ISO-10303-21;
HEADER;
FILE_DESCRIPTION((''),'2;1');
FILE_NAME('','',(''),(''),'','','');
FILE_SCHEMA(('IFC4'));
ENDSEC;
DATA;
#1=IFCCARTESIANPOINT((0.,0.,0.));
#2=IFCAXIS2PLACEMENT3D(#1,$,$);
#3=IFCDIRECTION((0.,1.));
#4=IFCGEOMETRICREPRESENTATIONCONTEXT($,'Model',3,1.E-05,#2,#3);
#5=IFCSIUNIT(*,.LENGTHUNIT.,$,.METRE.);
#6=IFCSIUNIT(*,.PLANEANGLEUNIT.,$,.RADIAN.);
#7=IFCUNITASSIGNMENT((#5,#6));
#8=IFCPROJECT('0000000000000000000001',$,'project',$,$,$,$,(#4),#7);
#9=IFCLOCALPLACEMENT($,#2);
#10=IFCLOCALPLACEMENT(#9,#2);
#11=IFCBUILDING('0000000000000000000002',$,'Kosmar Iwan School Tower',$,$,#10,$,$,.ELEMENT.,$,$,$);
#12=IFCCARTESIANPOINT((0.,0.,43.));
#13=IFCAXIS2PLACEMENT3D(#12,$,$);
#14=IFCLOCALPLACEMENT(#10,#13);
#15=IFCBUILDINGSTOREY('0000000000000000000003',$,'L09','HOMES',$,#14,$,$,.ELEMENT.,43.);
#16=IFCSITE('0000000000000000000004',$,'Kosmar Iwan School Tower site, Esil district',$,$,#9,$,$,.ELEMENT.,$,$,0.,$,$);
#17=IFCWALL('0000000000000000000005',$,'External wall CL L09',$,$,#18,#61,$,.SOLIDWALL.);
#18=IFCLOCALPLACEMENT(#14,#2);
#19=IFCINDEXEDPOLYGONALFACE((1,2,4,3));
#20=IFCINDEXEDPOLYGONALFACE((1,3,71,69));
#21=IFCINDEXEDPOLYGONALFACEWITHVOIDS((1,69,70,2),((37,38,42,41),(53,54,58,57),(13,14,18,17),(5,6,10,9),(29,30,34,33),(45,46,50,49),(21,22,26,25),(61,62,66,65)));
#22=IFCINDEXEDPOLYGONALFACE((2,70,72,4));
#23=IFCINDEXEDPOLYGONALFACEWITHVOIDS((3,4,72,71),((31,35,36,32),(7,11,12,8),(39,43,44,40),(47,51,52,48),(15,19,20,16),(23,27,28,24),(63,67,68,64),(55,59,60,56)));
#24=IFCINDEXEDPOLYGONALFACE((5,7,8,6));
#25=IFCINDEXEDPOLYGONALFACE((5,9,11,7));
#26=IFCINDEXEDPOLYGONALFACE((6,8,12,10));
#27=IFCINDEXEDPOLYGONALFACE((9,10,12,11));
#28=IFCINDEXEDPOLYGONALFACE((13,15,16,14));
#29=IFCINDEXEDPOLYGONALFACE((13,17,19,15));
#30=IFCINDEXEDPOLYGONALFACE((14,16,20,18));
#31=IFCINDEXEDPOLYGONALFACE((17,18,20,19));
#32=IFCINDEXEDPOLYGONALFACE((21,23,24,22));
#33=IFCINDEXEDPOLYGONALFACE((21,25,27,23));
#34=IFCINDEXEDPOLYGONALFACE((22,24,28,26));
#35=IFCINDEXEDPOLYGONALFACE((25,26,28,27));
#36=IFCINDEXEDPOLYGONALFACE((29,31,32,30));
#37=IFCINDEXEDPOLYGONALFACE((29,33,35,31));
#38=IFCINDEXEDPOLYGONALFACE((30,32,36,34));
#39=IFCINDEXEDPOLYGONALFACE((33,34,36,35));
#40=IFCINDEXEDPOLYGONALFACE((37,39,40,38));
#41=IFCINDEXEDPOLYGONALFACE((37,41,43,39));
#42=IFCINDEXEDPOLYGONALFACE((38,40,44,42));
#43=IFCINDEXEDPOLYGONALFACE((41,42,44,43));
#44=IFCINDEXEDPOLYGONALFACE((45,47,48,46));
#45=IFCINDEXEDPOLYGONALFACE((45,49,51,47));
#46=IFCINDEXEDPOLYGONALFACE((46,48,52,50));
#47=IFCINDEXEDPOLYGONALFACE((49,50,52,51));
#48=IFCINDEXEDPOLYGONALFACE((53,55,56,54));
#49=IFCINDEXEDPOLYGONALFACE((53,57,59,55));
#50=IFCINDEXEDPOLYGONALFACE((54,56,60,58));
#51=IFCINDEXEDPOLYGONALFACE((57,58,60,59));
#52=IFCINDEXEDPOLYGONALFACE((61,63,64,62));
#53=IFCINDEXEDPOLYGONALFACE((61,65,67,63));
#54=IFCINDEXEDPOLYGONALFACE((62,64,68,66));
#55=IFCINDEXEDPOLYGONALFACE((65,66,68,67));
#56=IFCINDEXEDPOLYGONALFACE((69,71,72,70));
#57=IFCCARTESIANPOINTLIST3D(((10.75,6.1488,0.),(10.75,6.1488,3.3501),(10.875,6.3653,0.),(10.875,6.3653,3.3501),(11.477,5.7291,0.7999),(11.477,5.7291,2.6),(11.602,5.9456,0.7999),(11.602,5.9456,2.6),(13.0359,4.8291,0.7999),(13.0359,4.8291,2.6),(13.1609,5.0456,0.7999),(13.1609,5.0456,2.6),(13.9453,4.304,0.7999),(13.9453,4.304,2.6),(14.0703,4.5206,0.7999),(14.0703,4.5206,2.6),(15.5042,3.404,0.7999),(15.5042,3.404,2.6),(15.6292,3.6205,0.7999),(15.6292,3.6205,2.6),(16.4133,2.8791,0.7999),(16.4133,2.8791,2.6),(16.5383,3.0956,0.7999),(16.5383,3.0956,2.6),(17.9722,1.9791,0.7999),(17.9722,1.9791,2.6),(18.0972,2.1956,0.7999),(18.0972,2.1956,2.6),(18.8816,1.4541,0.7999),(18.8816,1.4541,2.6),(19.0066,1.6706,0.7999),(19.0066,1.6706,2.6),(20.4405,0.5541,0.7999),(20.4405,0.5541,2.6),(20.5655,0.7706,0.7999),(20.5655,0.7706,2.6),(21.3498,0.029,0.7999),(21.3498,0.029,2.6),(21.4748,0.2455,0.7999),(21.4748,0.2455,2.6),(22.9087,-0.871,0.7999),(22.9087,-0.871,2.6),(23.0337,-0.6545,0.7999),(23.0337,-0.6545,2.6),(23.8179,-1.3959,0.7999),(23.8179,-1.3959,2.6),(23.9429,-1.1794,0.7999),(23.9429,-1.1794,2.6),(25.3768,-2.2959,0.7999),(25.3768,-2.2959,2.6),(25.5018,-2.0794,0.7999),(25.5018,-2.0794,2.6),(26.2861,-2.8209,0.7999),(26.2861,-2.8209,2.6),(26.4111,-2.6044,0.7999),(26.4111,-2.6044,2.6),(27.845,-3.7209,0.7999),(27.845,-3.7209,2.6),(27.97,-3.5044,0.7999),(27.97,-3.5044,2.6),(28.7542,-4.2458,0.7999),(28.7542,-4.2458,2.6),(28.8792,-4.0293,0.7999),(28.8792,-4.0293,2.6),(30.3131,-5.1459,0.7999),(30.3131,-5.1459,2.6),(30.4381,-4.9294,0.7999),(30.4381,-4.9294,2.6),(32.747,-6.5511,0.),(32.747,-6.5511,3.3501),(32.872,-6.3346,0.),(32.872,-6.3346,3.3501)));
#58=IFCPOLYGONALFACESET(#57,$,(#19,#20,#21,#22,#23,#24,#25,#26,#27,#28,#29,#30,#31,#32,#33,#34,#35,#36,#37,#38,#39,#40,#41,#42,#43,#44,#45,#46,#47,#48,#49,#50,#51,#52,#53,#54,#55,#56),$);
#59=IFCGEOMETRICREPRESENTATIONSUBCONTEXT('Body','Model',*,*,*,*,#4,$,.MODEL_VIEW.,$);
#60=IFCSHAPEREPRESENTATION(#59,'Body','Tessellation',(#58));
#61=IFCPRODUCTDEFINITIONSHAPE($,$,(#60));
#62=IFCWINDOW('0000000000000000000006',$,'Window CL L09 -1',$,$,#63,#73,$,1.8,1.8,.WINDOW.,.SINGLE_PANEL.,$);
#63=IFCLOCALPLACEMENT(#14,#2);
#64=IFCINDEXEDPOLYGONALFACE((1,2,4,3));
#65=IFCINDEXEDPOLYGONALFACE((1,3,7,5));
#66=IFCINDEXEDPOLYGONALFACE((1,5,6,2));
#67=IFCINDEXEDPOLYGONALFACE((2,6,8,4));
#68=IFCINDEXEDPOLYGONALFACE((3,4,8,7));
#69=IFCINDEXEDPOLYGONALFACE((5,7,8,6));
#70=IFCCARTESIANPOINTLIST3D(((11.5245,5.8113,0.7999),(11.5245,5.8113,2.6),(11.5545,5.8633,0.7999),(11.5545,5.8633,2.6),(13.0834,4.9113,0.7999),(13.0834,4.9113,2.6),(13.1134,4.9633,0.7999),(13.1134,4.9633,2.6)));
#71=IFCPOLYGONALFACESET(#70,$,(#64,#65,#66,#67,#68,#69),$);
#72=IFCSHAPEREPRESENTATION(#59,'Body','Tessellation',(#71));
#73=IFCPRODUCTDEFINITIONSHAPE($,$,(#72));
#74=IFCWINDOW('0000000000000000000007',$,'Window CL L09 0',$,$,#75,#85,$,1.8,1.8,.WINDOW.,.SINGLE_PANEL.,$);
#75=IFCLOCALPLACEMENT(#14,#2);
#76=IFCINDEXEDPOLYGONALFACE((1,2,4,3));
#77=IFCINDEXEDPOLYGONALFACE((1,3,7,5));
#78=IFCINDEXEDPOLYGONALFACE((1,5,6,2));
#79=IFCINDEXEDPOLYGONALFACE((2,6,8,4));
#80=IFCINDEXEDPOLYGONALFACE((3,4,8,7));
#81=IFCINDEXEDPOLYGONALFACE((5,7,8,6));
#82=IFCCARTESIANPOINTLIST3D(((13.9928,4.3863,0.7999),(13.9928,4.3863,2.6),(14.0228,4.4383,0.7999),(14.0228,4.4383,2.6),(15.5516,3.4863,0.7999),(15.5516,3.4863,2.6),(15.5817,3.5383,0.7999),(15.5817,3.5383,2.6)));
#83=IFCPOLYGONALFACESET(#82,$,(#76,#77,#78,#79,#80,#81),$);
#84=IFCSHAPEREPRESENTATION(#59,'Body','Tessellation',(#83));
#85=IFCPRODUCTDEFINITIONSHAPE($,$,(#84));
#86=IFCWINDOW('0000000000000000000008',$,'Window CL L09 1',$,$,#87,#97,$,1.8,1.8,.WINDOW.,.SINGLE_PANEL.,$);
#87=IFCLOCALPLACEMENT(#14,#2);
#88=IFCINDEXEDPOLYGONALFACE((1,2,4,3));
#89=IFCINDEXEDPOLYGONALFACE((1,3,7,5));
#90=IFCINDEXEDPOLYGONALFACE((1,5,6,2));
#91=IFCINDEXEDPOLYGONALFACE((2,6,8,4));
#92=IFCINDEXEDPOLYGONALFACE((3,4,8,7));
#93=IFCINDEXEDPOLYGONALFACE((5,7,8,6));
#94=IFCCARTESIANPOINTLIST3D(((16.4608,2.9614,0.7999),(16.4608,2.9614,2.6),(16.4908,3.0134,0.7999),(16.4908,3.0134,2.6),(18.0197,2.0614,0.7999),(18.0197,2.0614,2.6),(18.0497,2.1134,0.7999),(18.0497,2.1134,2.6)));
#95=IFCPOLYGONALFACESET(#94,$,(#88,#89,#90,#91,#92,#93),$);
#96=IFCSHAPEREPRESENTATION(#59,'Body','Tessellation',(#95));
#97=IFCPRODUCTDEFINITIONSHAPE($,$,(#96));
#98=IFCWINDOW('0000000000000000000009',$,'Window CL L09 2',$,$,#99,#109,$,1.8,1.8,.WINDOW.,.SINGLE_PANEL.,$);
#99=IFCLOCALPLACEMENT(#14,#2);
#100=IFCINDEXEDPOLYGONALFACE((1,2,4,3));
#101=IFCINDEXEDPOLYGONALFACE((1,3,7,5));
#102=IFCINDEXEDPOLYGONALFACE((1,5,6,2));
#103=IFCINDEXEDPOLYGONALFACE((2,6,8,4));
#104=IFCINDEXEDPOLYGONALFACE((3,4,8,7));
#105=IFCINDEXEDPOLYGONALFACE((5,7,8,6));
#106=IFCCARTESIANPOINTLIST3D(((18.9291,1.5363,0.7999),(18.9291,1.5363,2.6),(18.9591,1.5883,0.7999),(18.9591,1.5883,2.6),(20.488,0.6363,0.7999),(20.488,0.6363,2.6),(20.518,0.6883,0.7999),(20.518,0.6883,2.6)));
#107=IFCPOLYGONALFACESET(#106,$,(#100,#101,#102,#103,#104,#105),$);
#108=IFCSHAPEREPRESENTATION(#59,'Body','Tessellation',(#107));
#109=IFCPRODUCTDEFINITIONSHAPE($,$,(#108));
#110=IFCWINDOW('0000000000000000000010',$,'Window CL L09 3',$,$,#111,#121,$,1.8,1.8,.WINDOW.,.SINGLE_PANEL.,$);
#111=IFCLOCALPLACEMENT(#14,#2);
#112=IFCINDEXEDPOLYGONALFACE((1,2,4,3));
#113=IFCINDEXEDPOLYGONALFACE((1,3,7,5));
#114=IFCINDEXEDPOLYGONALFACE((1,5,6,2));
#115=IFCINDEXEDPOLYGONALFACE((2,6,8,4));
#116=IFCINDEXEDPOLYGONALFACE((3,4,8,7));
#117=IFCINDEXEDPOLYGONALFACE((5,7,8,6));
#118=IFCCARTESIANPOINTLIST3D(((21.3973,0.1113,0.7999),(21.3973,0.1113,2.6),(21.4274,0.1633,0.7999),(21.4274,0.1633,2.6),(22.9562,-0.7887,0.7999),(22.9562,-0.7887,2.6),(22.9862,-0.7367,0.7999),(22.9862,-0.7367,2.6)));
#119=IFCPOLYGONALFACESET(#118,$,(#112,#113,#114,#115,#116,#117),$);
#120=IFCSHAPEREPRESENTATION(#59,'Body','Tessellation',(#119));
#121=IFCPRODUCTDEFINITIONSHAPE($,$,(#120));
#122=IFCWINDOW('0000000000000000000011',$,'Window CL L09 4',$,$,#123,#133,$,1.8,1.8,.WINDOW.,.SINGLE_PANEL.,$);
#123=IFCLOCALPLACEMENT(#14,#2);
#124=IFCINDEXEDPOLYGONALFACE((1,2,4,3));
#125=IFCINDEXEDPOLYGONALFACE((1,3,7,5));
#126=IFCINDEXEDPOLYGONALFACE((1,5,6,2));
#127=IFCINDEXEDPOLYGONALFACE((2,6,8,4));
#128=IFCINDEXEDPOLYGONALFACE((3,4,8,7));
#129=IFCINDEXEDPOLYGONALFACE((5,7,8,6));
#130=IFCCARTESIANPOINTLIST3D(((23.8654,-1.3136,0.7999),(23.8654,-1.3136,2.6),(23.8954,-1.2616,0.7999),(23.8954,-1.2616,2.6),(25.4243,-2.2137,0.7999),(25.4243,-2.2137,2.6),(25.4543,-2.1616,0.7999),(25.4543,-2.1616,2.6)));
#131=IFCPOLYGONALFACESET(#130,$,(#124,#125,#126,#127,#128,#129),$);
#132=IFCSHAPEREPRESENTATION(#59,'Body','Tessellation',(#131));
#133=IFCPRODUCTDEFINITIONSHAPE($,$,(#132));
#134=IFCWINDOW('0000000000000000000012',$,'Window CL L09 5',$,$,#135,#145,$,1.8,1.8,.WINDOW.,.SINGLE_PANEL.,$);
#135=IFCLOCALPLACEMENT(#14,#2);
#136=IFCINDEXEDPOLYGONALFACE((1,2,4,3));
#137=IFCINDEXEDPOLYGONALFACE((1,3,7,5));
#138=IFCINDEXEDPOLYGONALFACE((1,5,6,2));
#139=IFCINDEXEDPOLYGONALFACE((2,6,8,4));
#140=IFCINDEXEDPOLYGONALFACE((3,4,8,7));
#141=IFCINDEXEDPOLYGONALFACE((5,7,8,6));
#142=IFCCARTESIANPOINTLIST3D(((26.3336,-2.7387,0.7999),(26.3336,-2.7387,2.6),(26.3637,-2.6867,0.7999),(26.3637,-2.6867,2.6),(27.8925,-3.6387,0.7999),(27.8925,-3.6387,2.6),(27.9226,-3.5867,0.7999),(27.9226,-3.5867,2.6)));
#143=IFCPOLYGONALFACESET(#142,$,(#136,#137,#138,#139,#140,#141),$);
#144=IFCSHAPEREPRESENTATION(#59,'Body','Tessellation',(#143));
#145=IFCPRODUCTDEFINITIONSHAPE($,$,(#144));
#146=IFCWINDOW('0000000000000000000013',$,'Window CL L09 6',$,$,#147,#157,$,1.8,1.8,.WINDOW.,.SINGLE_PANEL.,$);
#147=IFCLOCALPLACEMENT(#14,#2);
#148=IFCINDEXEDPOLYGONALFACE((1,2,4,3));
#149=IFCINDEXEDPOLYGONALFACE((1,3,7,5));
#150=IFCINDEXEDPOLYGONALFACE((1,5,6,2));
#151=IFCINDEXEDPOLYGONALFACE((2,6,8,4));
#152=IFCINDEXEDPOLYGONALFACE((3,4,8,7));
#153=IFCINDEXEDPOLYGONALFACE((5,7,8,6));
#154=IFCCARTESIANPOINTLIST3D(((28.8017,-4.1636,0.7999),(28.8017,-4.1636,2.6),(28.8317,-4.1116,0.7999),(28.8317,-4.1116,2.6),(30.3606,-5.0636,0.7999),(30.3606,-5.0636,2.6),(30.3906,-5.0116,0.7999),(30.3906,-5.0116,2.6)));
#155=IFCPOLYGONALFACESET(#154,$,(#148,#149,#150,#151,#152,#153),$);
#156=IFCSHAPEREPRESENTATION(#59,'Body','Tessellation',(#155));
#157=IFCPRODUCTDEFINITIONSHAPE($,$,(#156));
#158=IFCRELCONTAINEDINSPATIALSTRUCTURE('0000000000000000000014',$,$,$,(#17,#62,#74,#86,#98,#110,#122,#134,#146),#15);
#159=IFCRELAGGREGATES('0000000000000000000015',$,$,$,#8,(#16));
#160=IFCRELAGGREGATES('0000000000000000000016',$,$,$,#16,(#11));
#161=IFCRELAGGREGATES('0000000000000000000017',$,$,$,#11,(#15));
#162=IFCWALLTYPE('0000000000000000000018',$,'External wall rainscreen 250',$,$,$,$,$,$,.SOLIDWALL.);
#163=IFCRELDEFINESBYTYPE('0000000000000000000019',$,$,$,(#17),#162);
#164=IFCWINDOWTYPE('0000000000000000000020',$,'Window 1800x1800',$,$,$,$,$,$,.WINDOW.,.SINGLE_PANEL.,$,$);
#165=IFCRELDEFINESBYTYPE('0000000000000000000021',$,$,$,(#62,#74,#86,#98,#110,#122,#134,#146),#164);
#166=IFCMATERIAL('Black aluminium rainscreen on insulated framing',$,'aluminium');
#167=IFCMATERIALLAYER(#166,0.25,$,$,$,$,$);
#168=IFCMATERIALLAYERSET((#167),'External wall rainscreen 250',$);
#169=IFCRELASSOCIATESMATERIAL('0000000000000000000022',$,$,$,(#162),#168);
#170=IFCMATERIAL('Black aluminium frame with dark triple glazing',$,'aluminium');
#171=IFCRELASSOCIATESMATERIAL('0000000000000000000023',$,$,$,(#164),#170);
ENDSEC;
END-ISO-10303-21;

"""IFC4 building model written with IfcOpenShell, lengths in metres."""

from ifc_helpers import new_model, si_unit, direction, frame, frame_2d, origin, place, context, subcontext, project, spatial, rectangle, extrude, material, layer, layer_set, type_object, element, fill, save


model = new_model("IFC4")

# Units and contexts
model_context = context("Model", 3, precision=1e-05, world=origin(), true_north=direction((0.0, 1.0)))
body_context = subcontext(model_context, "Body", "Model", "MODEL_VIEW")
ifc_project = project(units=[si_unit("LENGTHUNIT", "METRE"), si_unit("PLANEANGLEUNIT", "RADIAN")], contexts=[model_context])

# Site, building, storey
site_placement = place(None, origin())
site = spatial("IfcSite", under=ifc_project, at=site_placement, Name="Kosmar Iwan School Tower site, Esil district", CompositionType="ELEMENT", RefElevation=0.0)
building_placement = place(site_placement, origin())
building = spatial("IfcBuilding", under=site, at=building_placement, Name="Kosmar Iwan School Tower", CompositionType="ELEMENT")
storey_placement = place(building_placement, frame((0.0, 0.0, 43.0)))
storey = spatial("IfcBuildingStorey", under=building, at=storey_placement, Name="L09", Description="HOMES", CompositionType="ELEMENT", Elevation=43.0)

# Wall, openings, windows
ifc_material_1 = material(Name="Black aluminium rainscreen on insulated framing", Category="aluminium")
ifc_layer = layer(ifc_material_1, 0.25)
ifc_layer_set = layer_set([ifc_layer], Name="External wall rainscreen 250")
wall_type = type_object("IfcWallType", Name="External wall rainscreen 250", PredefinedType="SOLIDWALL", material=ifc_layer_set)
wall_1_placement = place(storey_placement, frame((10.8125, 6.2571, 0.0), z_axis=(0.0, 0.0, 1.0), x_axis=(0.866026, -0.499998, 0.0)))
wall_1 = element("IfcWall", 1, at=wall_1_placement, inside=storey, type_object=wall_type, Name="External wall CL L09", PredefinedType="SOLIDWALL", context=body_context, shape_type="SweptSolid", body=[
    extrude(rectangle(XDim=25.3999, YDim=0.25, at=frame_2d((12.7, 0.0))), origin(), (0.0, 0.0, 1.0), 3.3501),
])
opening_1_placement = place(wall_1_placement, frame((0.8396, 0.0, 0.8)))
opening_1 = element("IfcOpeningElement", 2, at=opening_1_placement, cuts=wall_1, PredefinedType="OPENING", context=body_context, shape_type="SweptSolid", body=[
    extrude(rectangle(XDim=1.8, YDim=1.8, at=frame_2d((0.8999, 0.8999))), frame((0.0, 0.137, 0.0), z_axis=(0.0, -1.0, 0.0), x_axis=(1.0, 0.0, 0.0)), (0.0, 0.0, 1.0), 0.2739),
])
opening_2_placement = place(wall_1_placement, frame((3.6897, 0.0, 0.8)))
opening_2 = element("IfcOpeningElement", 3, at=opening_2_placement, cuts=wall_1, PredefinedType="OPENING", context=body_context, shape_type="SweptSolid", body=[
    extrude(rectangle(XDim=1.8, YDim=1.8, at=frame_2d((0.8999, 0.8999))), frame((0.0, 0.137, 0.0), z_axis=(0.0, -1.0, 0.0), x_axis=(1.0, 0.0, 0.0)), (0.0, 0.0, 1.0), 0.2739),
])
opening_3_placement = place(wall_1_placement, frame((6.5396, 0.0, 0.8)))
opening_3 = element("IfcOpeningElement", 4, at=opening_3_placement, cuts=wall_1, PredefinedType="OPENING", context=body_context, shape_type="SweptSolid", body=[
    extrude(rectangle(XDim=1.8, YDim=1.8, at=frame_2d((0.8999, 0.8999))), frame((0.0, 0.137, 0.0), z_axis=(0.0, -1.0, 0.0), x_axis=(1.0, 0.0, 0.0)), (0.0, 0.0, 1.0), 0.2739),
])
opening_4_placement = place(wall_1_placement, frame((9.3896, 0.0, 0.8)))
opening_4 = element("IfcOpeningElement", 5, at=opening_4_placement, cuts=wall_1, PredefinedType="OPENING", context=body_context, shape_type="SweptSolid", body=[
    extrude(rectangle(XDim=1.8, YDim=1.8, at=frame_2d((0.8999, 0.8999))), frame((0.0, 0.137, 0.0), z_axis=(0.0, -1.0, 0.0), x_axis=(1.0, 0.0, 0.0)), (0.0, 0.0, 1.0), 0.2739),
])
opening_5_placement = place(wall_1_placement, frame((12.2397, 0.0, 0.8)))
opening_5 = element("IfcOpeningElement", 6, at=opening_5_placement, cuts=wall_1, PredefinedType="OPENING", context=body_context, shape_type="SweptSolid", body=[
    extrude(rectangle(XDim=1.8, YDim=1.8, at=frame_2d((0.8999, 0.8999))), frame((0.0, 0.137, 0.0), z_axis=(0.0, -1.0, 0.0), x_axis=(1.0, 0.0, 0.0)), (0.0, 0.0, 1.0), 0.2739),
])
opening_6_placement = place(wall_1_placement, frame((15.0896, 0.0, 0.8)))
opening_6 = element("IfcOpeningElement", 7, at=opening_6_placement, cuts=wall_1, PredefinedType="OPENING", context=body_context, shape_type="SweptSolid", body=[
    extrude(rectangle(XDim=1.8, YDim=1.8, at=frame_2d((0.8999, 0.8999))), frame((0.0, 0.137, 0.0), z_axis=(0.0, -1.0, 0.0), x_axis=(1.0, 0.0, 0.0)), (0.0, 0.0, 1.0), 0.2739),
])
opening_7_placement = place(wall_1_placement, frame((17.9397, 0.0, 0.8)))
opening_7 = element("IfcOpeningElement", 8, at=opening_7_placement, cuts=wall_1, PredefinedType="OPENING", context=body_context, shape_type="SweptSolid", body=[
    extrude(rectangle(XDim=1.8, YDim=1.8, at=frame_2d((0.8999, 0.8999))), frame((0.0, 0.137, 0.0), z_axis=(0.0, -1.0, 0.0), x_axis=(1.0, 0.0, 0.0)), (0.0, 0.0, 1.0), 0.2739),
])
opening_8_placement = place(wall_1_placement, frame((20.7896, 0.0, 0.8)))
opening_8 = element("IfcOpeningElement", 9, at=opening_8_placement, cuts=wall_1, PredefinedType="OPENING", context=body_context, shape_type="SweptSolid", body=[
    extrude(rectangle(XDim=1.8, YDim=1.8, at=frame_2d((0.8999, 0.8999))), frame((0.0, 0.137, 0.0), z_axis=(0.0, -1.0, 0.0), x_axis=(1.0, 0.0, 0.0)), (0.0, 0.0, 1.0), 0.2739),
])
ifc_material_2 = material(Name="Black aluminium frame with dark triple glazing", Category="aluminium")
window_type = type_object("IfcWindowType", Name="Window 1800x1800", PartitioningType="SINGLE_PANEL", PredefinedType="WINDOW", material=ifc_material_2)
window_1_placement = place(opening_1_placement, origin())
window_1 = element("IfcWindow", 10, at=window_1_placement, inside=storey, type_object=window_type, Name="Window CL L09 -1", OverallHeight=1.8, OverallWidth=1.8, PartitioningType="SINGLE_PANEL", PredefinedType="WINDOW", context=body_context, shape_type="SweptSolid", body=[
    extrude(rectangle(XDim=1.8, YDim=1.8, at=frame_2d((0.8999, 0.8999))), frame((0.0, 0.03, 0.0), z_axis=(0.0, -1.0, 0.0), x_axis=(1.0, 0.0, 0.0)), (0.0, 0.0, 1.0), 0.0601),
])
fill(opening_1, window_1)
window_2_placement = place(opening_2_placement, origin())
window_2 = element("IfcWindow", 11, at=window_2_placement, inside=storey, type_object=window_type, Name="Window CL L09 0", OverallHeight=1.8, OverallWidth=1.8, PartitioningType="SINGLE_PANEL", PredefinedType="WINDOW", context=body_context, shape_type="SweptSolid", body=[
    extrude(rectangle(XDim=1.8, YDim=1.8, at=frame_2d((0.8999, 0.8999))), frame((0.0, 0.03, 0.0), z_axis=(0.0, -1.0, 0.0), x_axis=(1.0, 0.0, 0.0)), (0.0, 0.0, 1.0), 0.0601),
])
fill(opening_2, window_2)
window_3_placement = place(opening_3_placement, origin())
window_3 = element("IfcWindow", 12, at=window_3_placement, inside=storey, type_object=window_type, Name="Window CL L09 1", OverallHeight=1.8, OverallWidth=1.8, PartitioningType="SINGLE_PANEL", PredefinedType="WINDOW", context=body_context, shape_type="SweptSolid", body=[
    extrude(rectangle(XDim=1.8, YDim=1.8, at=frame_2d((0.8999, 0.8999))), frame((0.0, 0.03, 0.0), z_axis=(0.0, -1.0, 0.0), x_axis=(1.0, 0.0, 0.0)), (0.0, 0.0, 1.0), 0.0601),
])
fill(opening_3, window_3)
window_4_placement = place(opening_4_placement, origin())
window_4 = element("IfcWindow", 13, at=window_4_placement, inside=storey, type_object=window_type, Name="Window CL L09 2", OverallHeight=1.8, OverallWidth=1.8, PartitioningType="SINGLE_PANEL", PredefinedType="WINDOW", context=body_context, shape_type="SweptSolid", body=[
    extrude(rectangle(XDim=1.8, YDim=1.8, at=frame_2d((0.8999, 0.8999))), frame((0.0, 0.03, 0.0), z_axis=(0.0, -1.0, 0.0), x_axis=(1.0, 0.0, 0.0)), (0.0, 0.0, 1.0), 0.0601),
])
fill(opening_4, window_4)
window_5_placement = place(opening_5_placement, origin())
window_5 = element("IfcWindow", 14, at=window_5_placement, inside=storey, type_object=window_type, Name="Window CL L09 3", OverallHeight=1.8, OverallWidth=1.8, PartitioningType="SINGLE_PANEL", PredefinedType="WINDOW", context=body_context, shape_type="SweptSolid", body=[
    extrude(rectangle(XDim=1.8, YDim=1.8, at=frame_2d((0.8999, 0.8999))), frame((0.0, 0.03, 0.0), z_axis=(0.0, -1.0, 0.0), x_axis=(1.0, 0.0, 0.0)), (0.0, 0.0, 1.0), 0.0601),
])
fill(opening_5, window_5)
window_6_placement = place(opening_6_placement, origin())
window_6 = element("IfcWindow", 15, at=window_6_placement, inside=storey, type_object=window_type, Name="Window CL L09 4", OverallHeight=1.8, OverallWidth=1.8, PartitioningType="SINGLE_PANEL", PredefinedType="WINDOW", context=body_context, shape_type="SweptSolid", body=[
    extrude(rectangle(XDim=1.8, YDim=1.8, at=frame_2d((0.8999, 0.8999))), frame((0.0, 0.03, 0.0), z_axis=(0.0, -1.0, 0.0), x_axis=(1.0, 0.0, 0.0)), (0.0, 0.0, 1.0), 0.0601),
])
fill(opening_6, window_6)
window_7_placement = place(opening_7_placement, origin())
window_7 = element("IfcWindow", 16, at=window_7_placement, inside=storey, type_object=window_type, Name="Window CL L09 5", OverallHeight=1.8, OverallWidth=1.8, PartitioningType="SINGLE_PANEL", PredefinedType="WINDOW", context=body_context, shape_type="SweptSolid", body=[
    extrude(rectangle(XDim=1.8, YDim=1.8, at=frame_2d((0.8999, 0.8999))), frame((0.0, 0.03, 0.0), z_axis=(0.0, -1.0, 0.0), x_axis=(1.0, 0.0, 0.0)), (0.0, 0.0, 1.0), 0.0601),
])
fill(opening_7, window_7)
window_8_placement = place(opening_8_placement, origin())
window_8 = element("IfcWindow", 17, at=window_8_placement, inside=storey, type_object=window_type, Name="Window CL L09 6", OverallHeight=1.8, OverallWidth=1.8, PartitioningType="SINGLE_PANEL", PredefinedType="WINDOW", context=body_context, shape_type="SweptSolid", body=[
    extrude(rectangle(XDim=1.8, YDim=1.8, at=frame_2d((0.8999, 0.8999))), frame((0.0, 0.03, 0.0), z_axis=(0.0, -1.0, 0.0), x_axis=(1.0, 0.0, 0.0)), (0.0, 0.0, 1.0), 0.0601),
])
fill(opening_8, window_8)

save(model, "model.ifc")
